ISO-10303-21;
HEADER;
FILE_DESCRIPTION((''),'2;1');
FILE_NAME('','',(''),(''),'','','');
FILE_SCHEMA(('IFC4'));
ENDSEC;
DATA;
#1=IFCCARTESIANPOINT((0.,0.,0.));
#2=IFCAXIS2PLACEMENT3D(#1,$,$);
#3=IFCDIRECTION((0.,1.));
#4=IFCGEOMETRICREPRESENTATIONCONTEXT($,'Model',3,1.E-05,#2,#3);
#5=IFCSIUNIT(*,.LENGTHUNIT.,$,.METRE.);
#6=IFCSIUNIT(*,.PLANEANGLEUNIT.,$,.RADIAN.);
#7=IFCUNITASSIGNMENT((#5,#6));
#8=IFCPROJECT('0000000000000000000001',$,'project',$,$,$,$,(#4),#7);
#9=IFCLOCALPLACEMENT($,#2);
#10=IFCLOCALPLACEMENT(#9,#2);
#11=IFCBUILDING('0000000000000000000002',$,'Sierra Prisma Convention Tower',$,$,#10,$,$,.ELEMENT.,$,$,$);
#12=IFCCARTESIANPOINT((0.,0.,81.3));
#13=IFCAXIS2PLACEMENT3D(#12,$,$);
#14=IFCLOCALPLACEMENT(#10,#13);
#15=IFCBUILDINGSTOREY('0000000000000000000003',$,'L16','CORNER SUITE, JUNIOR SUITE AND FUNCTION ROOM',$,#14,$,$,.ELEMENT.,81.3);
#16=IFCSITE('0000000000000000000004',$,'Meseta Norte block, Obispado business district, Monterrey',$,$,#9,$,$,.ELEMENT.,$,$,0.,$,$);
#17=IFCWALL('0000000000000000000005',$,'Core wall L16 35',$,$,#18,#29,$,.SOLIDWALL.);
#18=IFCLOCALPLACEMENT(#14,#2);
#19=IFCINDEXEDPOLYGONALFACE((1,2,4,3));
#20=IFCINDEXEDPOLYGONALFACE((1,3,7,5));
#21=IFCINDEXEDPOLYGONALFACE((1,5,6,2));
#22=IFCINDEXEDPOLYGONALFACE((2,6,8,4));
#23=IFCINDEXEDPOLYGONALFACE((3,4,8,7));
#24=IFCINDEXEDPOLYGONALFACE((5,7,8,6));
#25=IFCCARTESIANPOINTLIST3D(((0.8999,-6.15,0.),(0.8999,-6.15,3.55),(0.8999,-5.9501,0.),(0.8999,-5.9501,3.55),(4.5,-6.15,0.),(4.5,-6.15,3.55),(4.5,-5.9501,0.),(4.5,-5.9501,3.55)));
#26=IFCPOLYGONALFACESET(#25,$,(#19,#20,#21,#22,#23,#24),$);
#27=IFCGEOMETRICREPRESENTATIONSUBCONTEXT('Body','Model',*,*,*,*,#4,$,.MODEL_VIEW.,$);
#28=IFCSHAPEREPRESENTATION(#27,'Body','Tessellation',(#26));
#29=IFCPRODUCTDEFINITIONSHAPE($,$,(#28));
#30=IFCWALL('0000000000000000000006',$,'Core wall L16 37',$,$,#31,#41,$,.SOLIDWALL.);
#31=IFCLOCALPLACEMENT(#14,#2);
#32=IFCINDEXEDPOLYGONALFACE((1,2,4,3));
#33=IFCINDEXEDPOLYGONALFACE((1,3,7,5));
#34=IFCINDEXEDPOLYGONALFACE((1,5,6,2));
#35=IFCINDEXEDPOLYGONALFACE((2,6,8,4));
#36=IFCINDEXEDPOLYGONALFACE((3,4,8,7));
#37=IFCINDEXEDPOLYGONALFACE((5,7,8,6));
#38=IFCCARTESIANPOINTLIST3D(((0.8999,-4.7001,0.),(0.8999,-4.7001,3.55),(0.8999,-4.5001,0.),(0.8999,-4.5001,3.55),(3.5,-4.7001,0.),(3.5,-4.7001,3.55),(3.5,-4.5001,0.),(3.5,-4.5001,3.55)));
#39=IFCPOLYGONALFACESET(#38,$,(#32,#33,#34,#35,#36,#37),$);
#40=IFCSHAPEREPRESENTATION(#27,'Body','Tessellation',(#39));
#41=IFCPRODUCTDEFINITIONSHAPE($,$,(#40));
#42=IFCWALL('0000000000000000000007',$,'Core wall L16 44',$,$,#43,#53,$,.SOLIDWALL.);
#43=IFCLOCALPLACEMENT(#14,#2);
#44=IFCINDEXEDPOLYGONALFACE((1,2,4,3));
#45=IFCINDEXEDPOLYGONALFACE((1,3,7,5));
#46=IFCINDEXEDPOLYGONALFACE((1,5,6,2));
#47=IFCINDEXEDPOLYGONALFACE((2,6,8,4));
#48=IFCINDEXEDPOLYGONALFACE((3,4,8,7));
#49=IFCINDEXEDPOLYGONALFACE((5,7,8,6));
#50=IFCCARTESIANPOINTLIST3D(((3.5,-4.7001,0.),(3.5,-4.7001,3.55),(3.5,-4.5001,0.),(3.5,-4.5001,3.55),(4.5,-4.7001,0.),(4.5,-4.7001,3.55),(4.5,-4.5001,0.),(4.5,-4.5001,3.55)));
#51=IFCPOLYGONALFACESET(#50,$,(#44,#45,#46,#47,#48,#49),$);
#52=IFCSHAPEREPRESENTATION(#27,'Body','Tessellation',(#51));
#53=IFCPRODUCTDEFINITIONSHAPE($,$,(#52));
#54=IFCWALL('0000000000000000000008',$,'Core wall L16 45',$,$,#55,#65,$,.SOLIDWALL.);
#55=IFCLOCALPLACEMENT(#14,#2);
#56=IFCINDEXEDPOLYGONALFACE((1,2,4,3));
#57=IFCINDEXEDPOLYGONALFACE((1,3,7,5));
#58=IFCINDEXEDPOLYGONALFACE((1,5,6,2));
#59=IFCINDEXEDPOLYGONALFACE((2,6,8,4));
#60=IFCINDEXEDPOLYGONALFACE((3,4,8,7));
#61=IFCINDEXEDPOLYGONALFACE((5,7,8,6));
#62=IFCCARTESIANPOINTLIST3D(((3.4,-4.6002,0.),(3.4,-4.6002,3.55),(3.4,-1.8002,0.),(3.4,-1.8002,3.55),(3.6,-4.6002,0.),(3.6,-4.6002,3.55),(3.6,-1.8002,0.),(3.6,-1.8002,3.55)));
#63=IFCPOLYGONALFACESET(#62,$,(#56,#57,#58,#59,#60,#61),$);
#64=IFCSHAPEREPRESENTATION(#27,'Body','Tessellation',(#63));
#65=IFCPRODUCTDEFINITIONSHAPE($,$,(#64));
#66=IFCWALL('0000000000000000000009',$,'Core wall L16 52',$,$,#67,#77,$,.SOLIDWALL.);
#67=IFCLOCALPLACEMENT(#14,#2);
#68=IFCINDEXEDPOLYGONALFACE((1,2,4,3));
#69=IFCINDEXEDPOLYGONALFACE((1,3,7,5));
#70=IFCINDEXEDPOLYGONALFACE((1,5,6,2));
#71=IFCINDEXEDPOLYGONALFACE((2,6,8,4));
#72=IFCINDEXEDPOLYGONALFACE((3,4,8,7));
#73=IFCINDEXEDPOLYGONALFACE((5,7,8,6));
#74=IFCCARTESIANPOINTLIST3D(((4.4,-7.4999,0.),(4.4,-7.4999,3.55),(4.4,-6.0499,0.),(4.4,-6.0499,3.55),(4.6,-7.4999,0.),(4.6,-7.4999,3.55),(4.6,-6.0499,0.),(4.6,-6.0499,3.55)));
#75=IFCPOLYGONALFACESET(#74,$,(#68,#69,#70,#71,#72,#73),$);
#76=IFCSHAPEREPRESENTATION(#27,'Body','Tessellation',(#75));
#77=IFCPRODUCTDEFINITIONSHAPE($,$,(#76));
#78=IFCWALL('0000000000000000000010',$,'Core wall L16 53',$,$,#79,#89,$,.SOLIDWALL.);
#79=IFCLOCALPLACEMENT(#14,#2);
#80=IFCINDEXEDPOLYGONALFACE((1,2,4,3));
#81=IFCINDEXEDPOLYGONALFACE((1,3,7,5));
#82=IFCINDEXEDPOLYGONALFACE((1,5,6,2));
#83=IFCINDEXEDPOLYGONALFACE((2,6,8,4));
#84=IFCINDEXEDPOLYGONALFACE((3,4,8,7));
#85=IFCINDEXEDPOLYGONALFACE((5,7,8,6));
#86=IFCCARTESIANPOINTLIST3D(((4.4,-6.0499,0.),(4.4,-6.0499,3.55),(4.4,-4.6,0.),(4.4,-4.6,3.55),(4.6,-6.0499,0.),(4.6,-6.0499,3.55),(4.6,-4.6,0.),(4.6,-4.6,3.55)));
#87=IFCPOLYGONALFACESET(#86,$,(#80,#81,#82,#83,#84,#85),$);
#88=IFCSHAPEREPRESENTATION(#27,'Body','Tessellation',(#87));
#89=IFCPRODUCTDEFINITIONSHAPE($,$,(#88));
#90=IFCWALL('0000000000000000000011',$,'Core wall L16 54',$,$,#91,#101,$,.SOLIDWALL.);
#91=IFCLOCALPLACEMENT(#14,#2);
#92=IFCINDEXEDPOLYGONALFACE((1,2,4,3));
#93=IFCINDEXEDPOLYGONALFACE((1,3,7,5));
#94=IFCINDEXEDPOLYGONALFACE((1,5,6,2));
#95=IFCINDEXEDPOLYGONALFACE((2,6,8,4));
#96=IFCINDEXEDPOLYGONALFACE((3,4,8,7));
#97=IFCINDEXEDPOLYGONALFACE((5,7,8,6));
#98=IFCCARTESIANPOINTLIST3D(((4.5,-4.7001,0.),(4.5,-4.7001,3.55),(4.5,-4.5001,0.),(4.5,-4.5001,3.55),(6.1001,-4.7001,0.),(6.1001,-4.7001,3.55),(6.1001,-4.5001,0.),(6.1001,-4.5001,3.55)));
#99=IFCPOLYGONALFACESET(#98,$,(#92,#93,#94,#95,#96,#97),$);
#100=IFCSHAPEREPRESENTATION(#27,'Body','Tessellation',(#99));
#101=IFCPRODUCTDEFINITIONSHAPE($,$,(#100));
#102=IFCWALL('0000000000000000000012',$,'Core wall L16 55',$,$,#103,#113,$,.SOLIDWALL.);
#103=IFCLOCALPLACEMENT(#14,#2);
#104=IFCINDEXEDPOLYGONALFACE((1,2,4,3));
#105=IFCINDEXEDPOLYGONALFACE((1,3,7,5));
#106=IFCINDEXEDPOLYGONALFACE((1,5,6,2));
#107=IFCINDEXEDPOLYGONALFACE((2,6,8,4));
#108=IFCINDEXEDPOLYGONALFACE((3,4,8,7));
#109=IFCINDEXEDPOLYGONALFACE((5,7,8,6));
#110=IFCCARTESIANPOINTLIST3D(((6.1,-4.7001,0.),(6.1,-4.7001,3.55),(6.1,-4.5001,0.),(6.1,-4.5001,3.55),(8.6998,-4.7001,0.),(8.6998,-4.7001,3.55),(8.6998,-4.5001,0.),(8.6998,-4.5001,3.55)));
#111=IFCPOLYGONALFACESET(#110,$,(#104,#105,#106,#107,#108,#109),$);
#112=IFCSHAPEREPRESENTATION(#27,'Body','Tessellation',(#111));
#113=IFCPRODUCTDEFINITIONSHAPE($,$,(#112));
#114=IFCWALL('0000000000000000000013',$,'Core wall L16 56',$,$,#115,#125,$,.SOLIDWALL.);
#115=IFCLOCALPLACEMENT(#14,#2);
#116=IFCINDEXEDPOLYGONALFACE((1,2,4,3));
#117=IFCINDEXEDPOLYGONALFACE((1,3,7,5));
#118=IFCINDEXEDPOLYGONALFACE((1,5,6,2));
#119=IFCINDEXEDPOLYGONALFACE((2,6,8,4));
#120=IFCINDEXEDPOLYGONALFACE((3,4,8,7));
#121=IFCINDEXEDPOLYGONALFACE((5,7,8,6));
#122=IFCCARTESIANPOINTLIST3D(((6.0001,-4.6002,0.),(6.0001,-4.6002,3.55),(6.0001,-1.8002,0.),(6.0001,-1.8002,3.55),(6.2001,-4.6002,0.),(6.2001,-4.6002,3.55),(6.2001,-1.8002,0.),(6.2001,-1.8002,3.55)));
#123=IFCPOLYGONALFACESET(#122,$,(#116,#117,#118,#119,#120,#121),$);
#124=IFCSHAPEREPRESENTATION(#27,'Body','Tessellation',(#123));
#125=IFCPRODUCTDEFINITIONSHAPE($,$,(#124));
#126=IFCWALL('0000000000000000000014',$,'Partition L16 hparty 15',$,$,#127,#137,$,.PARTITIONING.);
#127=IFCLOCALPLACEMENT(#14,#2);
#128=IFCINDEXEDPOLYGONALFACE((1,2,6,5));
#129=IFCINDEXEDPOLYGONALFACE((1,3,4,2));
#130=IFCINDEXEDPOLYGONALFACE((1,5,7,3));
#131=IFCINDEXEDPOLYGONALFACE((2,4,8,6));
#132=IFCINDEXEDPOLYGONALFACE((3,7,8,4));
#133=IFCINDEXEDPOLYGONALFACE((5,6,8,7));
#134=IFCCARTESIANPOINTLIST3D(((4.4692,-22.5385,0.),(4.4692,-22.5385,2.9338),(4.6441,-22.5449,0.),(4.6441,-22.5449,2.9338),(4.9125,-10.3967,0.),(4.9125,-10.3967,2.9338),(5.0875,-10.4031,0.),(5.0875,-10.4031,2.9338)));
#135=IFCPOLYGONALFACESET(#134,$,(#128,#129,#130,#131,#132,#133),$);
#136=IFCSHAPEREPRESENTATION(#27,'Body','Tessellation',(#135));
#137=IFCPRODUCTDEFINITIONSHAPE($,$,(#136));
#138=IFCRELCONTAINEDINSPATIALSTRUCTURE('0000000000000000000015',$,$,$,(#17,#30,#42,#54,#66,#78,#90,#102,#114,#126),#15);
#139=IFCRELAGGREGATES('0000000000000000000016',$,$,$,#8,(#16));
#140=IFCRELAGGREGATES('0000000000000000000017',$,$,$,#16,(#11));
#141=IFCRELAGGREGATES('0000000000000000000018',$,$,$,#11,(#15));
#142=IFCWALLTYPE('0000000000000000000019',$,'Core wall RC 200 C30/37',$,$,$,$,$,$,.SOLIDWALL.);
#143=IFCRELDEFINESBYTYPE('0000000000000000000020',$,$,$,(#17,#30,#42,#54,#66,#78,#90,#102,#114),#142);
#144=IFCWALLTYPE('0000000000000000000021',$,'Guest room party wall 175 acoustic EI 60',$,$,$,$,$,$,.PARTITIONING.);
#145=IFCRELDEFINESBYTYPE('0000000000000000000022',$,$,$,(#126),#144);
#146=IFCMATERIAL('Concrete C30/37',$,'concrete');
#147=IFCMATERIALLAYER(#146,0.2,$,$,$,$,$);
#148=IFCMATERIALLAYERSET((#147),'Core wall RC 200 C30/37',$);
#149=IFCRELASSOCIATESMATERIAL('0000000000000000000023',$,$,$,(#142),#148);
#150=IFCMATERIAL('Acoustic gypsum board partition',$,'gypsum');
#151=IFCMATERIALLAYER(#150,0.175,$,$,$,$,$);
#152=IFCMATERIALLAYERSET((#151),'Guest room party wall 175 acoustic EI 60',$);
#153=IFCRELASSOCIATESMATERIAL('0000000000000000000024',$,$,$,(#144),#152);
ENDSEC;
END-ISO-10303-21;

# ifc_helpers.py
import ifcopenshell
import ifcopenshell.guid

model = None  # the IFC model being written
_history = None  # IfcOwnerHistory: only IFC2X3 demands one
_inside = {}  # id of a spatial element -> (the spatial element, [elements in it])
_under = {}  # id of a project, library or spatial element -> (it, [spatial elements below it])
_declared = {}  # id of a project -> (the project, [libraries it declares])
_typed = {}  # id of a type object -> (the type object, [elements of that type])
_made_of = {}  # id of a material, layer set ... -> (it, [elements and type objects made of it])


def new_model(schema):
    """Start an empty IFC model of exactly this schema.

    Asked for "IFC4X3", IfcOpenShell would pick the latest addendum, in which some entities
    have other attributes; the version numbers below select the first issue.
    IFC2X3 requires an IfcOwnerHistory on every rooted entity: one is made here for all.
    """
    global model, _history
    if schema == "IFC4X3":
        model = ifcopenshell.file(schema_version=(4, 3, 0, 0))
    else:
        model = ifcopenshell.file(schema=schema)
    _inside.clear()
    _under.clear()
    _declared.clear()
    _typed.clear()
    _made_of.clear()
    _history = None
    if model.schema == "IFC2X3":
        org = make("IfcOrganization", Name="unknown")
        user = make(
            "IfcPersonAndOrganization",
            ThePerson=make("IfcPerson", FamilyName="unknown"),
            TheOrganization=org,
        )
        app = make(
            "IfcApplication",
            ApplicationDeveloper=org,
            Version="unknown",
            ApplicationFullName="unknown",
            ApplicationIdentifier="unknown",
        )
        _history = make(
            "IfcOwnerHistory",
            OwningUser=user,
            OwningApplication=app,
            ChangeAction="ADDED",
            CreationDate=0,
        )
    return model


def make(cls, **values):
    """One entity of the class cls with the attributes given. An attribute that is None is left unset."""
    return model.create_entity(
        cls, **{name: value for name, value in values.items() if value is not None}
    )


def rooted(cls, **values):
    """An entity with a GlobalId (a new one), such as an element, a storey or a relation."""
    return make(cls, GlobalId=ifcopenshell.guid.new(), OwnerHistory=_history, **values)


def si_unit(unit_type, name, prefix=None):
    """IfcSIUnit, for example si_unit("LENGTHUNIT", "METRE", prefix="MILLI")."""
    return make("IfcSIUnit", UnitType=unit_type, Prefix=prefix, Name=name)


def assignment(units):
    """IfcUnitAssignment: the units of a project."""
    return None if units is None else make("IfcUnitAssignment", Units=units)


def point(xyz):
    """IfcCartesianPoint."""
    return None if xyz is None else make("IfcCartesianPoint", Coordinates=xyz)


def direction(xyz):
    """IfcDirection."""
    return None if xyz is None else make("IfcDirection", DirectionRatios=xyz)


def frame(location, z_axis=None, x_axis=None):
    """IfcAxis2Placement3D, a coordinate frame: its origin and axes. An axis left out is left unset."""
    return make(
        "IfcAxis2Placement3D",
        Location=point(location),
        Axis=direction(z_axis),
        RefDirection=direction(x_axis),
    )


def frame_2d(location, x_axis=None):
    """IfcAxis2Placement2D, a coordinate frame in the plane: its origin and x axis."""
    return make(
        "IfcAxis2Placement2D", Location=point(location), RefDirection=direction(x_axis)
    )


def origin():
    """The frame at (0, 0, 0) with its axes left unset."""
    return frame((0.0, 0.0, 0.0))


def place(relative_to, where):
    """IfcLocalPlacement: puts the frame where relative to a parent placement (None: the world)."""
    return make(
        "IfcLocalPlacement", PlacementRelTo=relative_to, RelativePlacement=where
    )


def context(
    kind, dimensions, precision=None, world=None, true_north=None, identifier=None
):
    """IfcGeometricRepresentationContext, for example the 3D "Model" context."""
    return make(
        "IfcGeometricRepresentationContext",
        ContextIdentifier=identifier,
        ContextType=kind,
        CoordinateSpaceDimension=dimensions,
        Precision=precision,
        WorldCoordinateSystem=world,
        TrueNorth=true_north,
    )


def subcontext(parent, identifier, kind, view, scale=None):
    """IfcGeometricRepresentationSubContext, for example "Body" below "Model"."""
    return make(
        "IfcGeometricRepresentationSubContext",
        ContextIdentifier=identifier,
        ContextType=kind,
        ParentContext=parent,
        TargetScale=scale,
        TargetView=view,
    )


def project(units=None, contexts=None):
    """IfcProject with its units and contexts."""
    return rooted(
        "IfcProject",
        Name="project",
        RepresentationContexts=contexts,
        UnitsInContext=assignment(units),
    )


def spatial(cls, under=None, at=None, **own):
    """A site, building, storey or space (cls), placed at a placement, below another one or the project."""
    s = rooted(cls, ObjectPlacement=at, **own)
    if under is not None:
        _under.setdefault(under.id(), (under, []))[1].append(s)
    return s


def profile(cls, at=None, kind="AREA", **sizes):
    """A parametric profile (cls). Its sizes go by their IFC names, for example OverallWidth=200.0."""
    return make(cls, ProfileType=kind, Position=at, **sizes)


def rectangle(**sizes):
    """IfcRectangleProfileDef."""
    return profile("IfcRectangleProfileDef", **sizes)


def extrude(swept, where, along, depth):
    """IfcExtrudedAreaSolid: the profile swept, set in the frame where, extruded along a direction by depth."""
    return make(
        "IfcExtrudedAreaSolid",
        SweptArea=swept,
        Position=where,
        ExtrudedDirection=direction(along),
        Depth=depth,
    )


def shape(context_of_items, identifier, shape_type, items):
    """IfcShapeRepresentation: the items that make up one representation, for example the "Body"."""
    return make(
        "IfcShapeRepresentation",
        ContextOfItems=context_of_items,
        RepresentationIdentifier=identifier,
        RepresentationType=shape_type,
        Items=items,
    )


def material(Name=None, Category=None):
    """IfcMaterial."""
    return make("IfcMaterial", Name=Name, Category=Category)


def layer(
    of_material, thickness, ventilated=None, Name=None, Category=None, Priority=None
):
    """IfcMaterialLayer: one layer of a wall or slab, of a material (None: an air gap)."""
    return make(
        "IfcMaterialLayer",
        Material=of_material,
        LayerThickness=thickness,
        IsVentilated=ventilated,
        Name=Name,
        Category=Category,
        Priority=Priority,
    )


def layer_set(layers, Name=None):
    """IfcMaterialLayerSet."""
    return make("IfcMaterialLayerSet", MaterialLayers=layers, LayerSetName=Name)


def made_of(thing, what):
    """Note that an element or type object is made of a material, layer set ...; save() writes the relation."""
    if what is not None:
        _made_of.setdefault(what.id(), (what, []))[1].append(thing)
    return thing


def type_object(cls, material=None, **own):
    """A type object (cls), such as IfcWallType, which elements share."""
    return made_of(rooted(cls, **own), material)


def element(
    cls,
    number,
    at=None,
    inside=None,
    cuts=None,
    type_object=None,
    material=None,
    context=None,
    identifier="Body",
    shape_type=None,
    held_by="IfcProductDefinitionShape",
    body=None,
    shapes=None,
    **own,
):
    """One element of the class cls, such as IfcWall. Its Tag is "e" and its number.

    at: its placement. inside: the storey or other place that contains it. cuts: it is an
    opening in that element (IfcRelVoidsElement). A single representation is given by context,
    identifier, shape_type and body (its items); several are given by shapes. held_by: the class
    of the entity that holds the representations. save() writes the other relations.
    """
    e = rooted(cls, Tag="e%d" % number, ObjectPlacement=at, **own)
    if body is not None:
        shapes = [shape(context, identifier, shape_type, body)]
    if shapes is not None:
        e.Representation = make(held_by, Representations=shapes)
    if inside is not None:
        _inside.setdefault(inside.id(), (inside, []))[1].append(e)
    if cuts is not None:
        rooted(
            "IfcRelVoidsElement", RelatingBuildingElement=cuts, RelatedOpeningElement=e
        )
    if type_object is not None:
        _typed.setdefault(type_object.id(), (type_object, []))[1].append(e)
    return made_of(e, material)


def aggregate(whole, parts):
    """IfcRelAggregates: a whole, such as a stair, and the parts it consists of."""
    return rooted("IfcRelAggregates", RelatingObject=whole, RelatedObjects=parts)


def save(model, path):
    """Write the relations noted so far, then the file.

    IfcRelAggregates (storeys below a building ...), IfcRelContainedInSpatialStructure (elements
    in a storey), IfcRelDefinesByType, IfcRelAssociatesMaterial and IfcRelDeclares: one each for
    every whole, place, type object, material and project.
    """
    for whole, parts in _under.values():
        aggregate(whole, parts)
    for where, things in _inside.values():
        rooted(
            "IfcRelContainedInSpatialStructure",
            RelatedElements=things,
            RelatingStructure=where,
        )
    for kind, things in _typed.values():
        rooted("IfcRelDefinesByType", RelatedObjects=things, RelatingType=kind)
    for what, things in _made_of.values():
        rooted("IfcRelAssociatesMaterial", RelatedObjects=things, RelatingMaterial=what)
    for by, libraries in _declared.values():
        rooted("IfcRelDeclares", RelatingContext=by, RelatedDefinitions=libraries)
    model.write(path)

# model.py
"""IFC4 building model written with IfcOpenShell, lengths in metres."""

from ifc_helpers import new_model, si_unit, direction, frame, frame_2d, origin, place, context, subcontext, project, spatial, rectangle, extrude, material, layer, layer_set, type_object, element, save


model = new_model("IFC4")

# Units and contexts
model_context = context("Model", 3, precision=1e-05, world=origin(), true_north=direction((0.0, 1.0)))
body_context = subcontext(model_context, "Body", "Model", "MODEL_VIEW")
ifc_project = project(units=[si_unit("LENGTHUNIT", "METRE"), si_unit("PLANEANGLEUNIT", "RADIAN")], contexts=[model_context])

# Site, building, storey
site_placement = place(None, origin())
site = spatial("IfcSite", under=ifc_project, at=site_placement, Name="Meseta Norte block, Obispado business district, Monterrey", CompositionType="ELEMENT", RefElevation=0.0)
building_placement = place(site_placement, origin())
building = spatial("IfcBuilding", under=site, at=building_placement, Name="Sierra Prisma Convention Tower", CompositionType="ELEMENT")
storey_placement = place(building_placement, frame((0.0, 0.0, 81.3)))
storey = spatial("IfcBuildingStorey", under=building, at=storey_placement, Name="L16", Description="CORNER SUITE, JUNIOR SUITE AND FUNCTION ROOM", CompositionType="ELEMENT", Elevation=81.3)

# Shared definitions
ifc_material_1 = material(Name="Concrete C30/37", Category="concrete")
ifc_layer_1 = layer(ifc_material_1, 0.2)
ifc_layer_set_1 = layer_set([ifc_layer_1], Name="Core wall RC 200 C30/37")
wall_type_1 = type_object("IfcWallType", Name="Core wall RC 200 C30/37", PredefinedType="SOLIDWALL", material=ifc_layer_set_1)

# Wall
wall_1_placement = place(storey_placement, frame((4.5, -6.05, 0.0), z_axis=(0.0, 0.0, 1.0), x_axis=(-1.0, 0.0, 0.0)))
element("IfcWall", 1, at=wall_1_placement, inside=storey, type_object=wall_type_1, Name="Core wall L16 35", PredefinedType="SOLIDWALL", context=body_context, shape_type="SweptSolid", body=[
    extrude(rectangle(XDim=3.6001, YDim=0.2, at=frame_2d((1.8, 0.0))), origin(), (0.0, 0.0, 1.0), 3.55),
])

# Walls
wall_2_placement = place(storey_placement, frame((3.5, -4.6001, 0.0), z_axis=(0.0, 0.0, 1.0), x_axis=(-1.0, 0.0, 0.0)))
element("IfcWall", 2, at=wall_2_placement, inside=storey, type_object=wall_type_1, Name="Core wall L16 37", PredefinedType="SOLIDWALL", context=body_context, shape_type="SweptSolid", body=[
    extrude(rectangle(XDim=2.6001, YDim=0.2, at=frame_2d((1.3, 0.0))), origin(), (0.0, 0.0, 1.0), 3.55),
])
wall_3_placement = place(storey_placement, frame((4.5, -4.6001, 0.0), z_axis=(0.0, 0.0, 1.0), x_axis=(-1.0, 0.0, 0.0)))
element("IfcWall", 3, at=wall_3_placement, inside=storey, type_object=wall_type_1, Name="Core wall L16 44", PredefinedType="SOLIDWALL", context=body_context, shape_type="SweptSolid", body=[
    extrude(rectangle(XDim=1.0, YDim=0.2, at=frame_2d((0.5, 0.0))), origin(), (0.0, 0.0, 1.0), 3.55),
])
wall_4_placement = place(storey_placement, frame((3.5, -4.6001, 0.0), z_axis=(0.0, 0.0, 1.0), x_axis=(0.0, 1.0, 0.0)))
element("IfcWall", 4, at=wall_4_placement, inside=storey, type_object=wall_type_1, Name="Core wall L16 45", PredefinedType="SOLIDWALL", context=body_context, shape_type="SweptSolid", body=[
    extrude(rectangle(XDim=2.8, YDim=0.2, at=frame_2d((1.3999, 0.0))), origin(), (0.0, 0.0, 1.0), 3.55),
])
for number, where, z_axis, x_axis, name in (
    (5, (4.5, -7.5, 0.0), (0.0, 0.0, 1.0), (0.0, 1.0, 0.0), "Core wall L16 52"),
    (6, (4.5, -6.05, 0.0), (0.0, 0.0, 1.0), (0.0, 1.0, 0.0), "Core wall L16 53"),
):
    element("IfcWall", number, at=place(storey_placement, frame(where, z_axis=z_axis, x_axis=x_axis)), inside=storey, type_object=wall_type_1, Name=name, PredefinedType="SOLIDWALL", context=body_context, shape_type="SweptSolid", body=[
        extrude(rectangle(XDim=1.45, YDim=0.2, at=frame_2d((0.7251, 0.0))), origin(), (0.0, 0.0, 1.0), 3.55),
    ])
wall_5_placement = place(storey_placement, frame((4.5, -4.6001, 0.0), z_axis=(0.0, 0.0, 1.0), x_axis=(1.0, 0.0, 0.0)))
element("IfcWall", 7, at=wall_5_placement, inside=storey, type_object=wall_type_1, Name="Core wall L16 54", PredefinedType="SOLIDWALL", context=body_context, shape_type="SweptSolid", body=[
    extrude(rectangle(XDim=1.6001, YDim=0.2, at=frame_2d((0.8, 0.0))), origin(), (0.0, 0.0, 1.0), 3.55),
])
wall_6_placement = place(storey_placement, frame((6.1001, -4.6001, 0.0), z_axis=(0.0, 0.0, 1.0), x_axis=(1.0, 0.0, 0.0)))
element("IfcWall", 8, at=wall_6_placement, inside=storey, type_object=wall_type_1, Name="Core wall L16 55", PredefinedType="SOLIDWALL", context=body_context, shape_type="SweptSolid", body=[
    extrude(rectangle(XDim=2.5999, YDim=0.2, at=frame_2d((1.2998, 0.0))), origin(), (0.0, 0.0, 1.0), 3.55),
])
wall_7_placement = place(storey_placement, frame((6.1001, -4.6001, 0.0), z_axis=(0.0, 0.0, 1.0), x_axis=(0.0, 1.0, 0.0)))
element("IfcWall", 9, at=wall_7_placement, inside=storey, type_object=wall_type_1, Name="Core wall L16 56", PredefinedType="SOLIDWALL", context=body_context, shape_type="SweptSolid", body=[
    extrude(rectangle(XDim=2.8, YDim=0.2, at=frame_2d((1.3999, 0.0))), origin(), (0.0, 0.0, 1.0), 3.55),
])
ifc_material_2 = material(Name="Acoustic gypsum board partition", Category="gypsum")
ifc_layer_2 = layer(ifc_material_2, 0.175)
ifc_layer_set_2 = layer_set([ifc_layer_2], Name="Guest room party wall 175 acoustic EI 60")
wall_type_2 = type_object("IfcWallType", Name="Guest room party wall 175 acoustic EI 60", PredefinedType="PARTITIONING", material=ifc_layer_set_2)
wall_8_placement = place(storey_placement, frame((5.0, -10.3999, 0.0), z_axis=(0.0, 0.0, 1.0), x_axis=(-0.036491, -0.999334, 0.0)))
element("IfcWall", 10, at=wall_8_placement, inside=storey, type_object=wall_type_2, Name="Partition L16 hparty 15", PredefinedType="PARTITIONING", context=body_context, shape_type="SweptSolid", body=[
    extrude(rectangle(XDim=12.1499, YDim=0.175, at=frame_2d((6.075, 0.0))), origin(), (0.0, 0.0, 1.0), 2.9338),
])

save(model, "model.ifc")
